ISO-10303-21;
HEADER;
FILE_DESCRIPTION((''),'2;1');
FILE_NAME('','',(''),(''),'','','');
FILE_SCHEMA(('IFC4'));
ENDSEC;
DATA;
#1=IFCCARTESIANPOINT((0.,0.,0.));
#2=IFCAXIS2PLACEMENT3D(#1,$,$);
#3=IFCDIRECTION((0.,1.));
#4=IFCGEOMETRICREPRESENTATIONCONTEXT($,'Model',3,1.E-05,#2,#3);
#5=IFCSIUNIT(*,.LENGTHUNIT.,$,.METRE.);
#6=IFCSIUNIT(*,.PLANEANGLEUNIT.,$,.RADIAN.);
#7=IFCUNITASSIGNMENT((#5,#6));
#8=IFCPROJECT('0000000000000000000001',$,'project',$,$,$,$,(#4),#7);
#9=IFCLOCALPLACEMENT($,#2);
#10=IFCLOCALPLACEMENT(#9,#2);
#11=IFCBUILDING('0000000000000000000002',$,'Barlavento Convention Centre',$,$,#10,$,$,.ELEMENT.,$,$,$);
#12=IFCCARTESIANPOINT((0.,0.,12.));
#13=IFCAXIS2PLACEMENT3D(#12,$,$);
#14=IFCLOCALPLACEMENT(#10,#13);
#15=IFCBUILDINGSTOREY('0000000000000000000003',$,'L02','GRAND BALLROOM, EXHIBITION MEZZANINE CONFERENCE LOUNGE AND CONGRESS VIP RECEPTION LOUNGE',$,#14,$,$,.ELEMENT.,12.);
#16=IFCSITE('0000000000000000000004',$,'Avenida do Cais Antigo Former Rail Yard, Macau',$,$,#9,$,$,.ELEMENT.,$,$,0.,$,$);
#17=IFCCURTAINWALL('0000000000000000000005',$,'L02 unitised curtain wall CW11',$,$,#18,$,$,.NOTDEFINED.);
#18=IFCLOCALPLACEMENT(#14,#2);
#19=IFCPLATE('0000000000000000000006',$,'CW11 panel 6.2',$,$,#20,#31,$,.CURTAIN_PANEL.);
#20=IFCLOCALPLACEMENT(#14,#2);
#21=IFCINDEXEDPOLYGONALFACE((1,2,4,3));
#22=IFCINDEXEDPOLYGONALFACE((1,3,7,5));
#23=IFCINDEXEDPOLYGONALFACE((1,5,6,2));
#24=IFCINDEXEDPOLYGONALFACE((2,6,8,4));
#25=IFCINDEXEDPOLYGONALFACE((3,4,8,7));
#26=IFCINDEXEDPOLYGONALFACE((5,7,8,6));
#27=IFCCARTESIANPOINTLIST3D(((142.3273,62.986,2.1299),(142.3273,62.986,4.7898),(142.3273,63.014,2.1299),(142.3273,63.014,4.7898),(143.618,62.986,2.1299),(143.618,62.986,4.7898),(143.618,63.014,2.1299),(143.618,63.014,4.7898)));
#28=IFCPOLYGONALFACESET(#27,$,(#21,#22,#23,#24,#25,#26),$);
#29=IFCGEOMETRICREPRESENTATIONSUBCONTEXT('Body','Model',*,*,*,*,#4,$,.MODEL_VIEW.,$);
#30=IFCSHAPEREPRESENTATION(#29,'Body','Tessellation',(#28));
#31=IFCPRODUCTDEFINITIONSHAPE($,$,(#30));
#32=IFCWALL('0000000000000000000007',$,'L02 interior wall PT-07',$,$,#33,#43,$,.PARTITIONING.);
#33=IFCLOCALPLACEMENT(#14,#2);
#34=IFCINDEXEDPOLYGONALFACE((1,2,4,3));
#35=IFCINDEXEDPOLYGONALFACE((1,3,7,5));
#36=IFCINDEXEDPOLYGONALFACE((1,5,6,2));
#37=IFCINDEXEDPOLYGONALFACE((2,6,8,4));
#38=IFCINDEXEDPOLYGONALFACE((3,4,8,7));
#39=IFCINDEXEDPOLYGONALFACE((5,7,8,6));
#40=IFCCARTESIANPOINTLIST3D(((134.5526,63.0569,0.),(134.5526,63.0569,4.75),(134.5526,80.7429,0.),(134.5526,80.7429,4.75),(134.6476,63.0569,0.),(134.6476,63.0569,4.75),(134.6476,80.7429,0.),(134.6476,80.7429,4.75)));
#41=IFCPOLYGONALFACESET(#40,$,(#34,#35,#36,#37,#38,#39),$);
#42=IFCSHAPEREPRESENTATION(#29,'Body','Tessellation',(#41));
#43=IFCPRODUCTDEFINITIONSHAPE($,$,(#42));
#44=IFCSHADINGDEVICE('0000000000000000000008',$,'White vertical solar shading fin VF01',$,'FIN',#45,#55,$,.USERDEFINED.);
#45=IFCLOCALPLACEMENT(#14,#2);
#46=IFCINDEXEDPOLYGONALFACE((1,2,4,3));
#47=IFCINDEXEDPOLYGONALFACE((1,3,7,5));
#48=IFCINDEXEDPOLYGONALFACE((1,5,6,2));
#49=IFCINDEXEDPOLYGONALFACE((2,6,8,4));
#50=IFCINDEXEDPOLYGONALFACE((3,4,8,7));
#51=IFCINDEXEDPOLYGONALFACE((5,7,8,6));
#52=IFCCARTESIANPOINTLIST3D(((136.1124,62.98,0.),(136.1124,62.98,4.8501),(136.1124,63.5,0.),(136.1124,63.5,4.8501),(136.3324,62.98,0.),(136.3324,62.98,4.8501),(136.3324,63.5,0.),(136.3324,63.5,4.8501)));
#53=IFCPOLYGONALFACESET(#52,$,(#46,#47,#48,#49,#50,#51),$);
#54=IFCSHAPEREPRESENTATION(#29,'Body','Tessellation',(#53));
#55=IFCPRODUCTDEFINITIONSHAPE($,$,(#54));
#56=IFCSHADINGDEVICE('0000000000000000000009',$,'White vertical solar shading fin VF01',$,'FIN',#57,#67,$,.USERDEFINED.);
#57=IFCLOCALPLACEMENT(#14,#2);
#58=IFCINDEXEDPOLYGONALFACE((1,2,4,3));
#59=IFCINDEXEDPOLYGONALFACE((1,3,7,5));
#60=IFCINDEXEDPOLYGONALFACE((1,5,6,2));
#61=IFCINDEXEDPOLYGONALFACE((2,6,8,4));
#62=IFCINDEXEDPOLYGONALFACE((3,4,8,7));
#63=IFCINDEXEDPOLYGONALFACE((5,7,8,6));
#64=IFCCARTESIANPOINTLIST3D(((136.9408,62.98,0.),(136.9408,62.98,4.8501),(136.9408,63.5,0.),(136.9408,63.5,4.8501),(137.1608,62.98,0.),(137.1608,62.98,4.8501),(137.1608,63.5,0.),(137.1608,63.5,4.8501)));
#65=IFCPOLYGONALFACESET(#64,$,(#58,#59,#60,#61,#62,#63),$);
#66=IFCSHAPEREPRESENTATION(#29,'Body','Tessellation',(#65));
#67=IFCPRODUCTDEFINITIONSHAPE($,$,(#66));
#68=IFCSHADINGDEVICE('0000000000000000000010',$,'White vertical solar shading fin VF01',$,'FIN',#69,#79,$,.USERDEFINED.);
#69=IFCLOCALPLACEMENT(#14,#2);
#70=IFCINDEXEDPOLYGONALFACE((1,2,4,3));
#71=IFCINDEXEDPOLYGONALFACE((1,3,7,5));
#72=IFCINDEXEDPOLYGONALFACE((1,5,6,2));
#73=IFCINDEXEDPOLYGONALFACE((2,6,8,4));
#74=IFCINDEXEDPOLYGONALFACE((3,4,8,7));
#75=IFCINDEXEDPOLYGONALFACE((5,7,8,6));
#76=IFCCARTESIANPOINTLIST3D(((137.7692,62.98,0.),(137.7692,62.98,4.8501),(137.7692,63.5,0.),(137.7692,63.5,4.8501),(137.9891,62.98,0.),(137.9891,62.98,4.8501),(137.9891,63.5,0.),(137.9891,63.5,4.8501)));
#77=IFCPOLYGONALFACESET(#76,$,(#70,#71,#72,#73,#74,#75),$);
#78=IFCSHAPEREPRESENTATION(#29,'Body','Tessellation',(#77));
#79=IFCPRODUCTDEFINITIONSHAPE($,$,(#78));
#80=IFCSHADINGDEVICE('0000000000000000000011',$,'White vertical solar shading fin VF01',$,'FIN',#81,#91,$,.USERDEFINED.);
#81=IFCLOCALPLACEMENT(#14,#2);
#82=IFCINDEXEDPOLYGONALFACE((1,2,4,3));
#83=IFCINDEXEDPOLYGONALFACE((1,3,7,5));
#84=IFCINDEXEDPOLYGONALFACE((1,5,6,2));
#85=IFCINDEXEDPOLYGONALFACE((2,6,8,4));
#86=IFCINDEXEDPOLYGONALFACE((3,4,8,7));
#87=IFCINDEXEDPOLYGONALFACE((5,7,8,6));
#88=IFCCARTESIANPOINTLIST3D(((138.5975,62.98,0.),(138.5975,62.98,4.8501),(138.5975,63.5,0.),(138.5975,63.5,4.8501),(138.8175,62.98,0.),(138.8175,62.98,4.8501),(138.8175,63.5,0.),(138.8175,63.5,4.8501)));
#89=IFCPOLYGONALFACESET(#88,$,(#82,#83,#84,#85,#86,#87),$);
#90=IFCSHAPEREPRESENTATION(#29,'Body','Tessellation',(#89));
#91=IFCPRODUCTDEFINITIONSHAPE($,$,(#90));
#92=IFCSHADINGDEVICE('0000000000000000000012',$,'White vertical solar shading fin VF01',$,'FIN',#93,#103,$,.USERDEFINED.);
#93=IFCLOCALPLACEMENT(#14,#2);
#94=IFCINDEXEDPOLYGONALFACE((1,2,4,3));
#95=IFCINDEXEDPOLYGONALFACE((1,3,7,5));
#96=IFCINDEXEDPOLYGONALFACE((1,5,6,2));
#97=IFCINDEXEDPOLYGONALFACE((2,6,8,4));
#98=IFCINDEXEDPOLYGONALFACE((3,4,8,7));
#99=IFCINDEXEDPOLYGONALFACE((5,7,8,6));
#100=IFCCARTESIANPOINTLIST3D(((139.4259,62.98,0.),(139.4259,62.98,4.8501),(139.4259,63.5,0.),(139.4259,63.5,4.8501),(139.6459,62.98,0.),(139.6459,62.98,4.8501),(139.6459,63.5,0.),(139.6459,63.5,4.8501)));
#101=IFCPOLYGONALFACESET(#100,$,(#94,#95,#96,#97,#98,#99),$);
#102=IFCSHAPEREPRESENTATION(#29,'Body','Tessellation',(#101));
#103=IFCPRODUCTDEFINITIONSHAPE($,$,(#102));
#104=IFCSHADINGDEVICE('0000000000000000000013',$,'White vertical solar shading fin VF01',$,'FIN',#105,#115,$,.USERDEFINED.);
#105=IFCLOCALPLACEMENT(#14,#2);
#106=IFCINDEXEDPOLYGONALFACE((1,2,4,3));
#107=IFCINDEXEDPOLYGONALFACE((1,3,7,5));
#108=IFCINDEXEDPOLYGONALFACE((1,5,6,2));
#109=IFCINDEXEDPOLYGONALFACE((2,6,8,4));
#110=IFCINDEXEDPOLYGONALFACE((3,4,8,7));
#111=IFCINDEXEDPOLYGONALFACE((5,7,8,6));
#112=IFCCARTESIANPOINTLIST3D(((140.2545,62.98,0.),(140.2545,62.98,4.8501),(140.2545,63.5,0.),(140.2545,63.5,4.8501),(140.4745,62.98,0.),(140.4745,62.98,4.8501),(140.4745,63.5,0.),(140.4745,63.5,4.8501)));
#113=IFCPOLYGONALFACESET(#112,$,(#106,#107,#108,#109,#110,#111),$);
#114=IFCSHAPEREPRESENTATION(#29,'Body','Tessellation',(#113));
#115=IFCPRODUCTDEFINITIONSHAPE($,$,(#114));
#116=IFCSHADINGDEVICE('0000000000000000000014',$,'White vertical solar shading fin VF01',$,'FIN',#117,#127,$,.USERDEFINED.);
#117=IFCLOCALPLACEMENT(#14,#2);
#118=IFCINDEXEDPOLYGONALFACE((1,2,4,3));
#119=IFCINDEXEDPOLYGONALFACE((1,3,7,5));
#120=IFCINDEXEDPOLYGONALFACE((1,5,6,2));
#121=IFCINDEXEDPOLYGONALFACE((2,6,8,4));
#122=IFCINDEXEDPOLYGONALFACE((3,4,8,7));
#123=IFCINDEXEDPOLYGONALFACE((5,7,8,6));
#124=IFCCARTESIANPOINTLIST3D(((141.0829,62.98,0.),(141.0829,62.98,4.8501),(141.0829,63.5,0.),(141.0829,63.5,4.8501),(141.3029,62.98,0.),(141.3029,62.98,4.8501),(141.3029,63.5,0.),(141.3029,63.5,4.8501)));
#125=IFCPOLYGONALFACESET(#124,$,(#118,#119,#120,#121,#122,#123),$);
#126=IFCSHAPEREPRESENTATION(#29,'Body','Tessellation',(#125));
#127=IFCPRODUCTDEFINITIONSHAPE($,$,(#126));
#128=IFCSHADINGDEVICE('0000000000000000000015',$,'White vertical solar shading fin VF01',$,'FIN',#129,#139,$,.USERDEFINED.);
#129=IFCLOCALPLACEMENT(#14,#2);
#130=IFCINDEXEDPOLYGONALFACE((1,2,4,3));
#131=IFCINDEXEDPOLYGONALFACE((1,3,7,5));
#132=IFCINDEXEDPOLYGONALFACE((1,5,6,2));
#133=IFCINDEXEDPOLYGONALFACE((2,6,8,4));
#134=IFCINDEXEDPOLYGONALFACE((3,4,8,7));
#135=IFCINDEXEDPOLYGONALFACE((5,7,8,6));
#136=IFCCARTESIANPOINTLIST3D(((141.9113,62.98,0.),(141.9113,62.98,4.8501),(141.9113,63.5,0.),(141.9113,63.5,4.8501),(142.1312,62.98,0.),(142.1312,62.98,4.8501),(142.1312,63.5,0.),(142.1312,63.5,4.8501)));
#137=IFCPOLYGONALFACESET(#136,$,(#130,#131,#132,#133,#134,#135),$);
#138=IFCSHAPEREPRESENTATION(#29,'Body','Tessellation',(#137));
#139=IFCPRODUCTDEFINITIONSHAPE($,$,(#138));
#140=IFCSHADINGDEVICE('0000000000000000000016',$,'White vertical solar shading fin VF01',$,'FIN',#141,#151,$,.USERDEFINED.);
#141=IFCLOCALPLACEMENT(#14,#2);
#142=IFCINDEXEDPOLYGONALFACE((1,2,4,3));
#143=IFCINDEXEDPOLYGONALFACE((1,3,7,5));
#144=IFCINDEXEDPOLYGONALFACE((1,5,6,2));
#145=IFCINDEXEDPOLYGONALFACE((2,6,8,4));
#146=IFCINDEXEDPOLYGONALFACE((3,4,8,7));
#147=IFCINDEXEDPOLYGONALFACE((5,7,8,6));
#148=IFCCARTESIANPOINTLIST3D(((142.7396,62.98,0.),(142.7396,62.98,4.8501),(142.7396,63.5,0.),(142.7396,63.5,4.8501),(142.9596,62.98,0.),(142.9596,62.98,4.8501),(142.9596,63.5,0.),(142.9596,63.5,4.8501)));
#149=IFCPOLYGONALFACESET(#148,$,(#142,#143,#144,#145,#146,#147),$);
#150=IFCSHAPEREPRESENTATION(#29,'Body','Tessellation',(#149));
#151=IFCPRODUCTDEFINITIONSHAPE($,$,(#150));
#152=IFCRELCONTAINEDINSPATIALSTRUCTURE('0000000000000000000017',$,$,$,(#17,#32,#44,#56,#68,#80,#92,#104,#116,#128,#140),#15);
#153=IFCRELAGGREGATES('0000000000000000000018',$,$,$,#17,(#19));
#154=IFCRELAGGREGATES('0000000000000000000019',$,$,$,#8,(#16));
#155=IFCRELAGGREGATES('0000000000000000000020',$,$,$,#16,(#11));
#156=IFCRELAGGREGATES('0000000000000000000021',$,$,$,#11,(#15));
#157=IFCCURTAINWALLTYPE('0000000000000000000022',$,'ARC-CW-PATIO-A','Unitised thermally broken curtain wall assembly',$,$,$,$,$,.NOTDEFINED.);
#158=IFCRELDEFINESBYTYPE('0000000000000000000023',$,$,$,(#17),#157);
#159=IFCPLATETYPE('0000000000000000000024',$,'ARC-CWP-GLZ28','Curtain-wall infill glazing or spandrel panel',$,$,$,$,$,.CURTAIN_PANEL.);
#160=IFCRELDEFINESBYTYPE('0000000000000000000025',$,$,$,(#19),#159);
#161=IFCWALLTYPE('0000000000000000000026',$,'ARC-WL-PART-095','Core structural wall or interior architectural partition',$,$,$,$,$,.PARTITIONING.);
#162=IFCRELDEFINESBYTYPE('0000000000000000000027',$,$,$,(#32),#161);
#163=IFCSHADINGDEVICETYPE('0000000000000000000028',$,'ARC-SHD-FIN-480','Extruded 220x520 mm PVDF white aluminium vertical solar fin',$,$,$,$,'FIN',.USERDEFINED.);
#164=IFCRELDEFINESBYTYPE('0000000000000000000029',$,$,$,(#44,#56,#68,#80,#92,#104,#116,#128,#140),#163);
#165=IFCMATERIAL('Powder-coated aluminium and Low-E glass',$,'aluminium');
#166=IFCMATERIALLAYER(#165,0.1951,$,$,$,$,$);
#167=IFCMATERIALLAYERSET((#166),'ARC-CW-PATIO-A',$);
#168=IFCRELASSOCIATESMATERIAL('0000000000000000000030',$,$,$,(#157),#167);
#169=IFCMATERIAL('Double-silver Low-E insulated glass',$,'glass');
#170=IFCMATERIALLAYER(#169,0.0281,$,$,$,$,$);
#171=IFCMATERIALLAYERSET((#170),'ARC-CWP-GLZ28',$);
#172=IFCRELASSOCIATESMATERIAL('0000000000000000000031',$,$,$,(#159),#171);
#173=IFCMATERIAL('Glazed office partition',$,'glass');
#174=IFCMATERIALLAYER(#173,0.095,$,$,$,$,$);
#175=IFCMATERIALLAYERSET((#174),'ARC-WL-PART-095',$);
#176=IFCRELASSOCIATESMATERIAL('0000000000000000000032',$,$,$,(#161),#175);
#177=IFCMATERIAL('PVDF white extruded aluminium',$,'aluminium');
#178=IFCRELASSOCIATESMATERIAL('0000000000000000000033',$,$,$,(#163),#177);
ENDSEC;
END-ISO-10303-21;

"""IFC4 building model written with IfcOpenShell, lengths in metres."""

from ifc_helpers import new_model, si_unit, direction, frame, frame_2d, origin, origin_2d, place, context, subcontext, project, spatial, rectangle, extrude, material, layer, layer_set, type_object, element, aggregate, save


model = new_model("IFC4")

# Units and contexts
model_context = context("Model", 3, precision=1e-05, world=origin(), true_north=direction((0.0, 1.0)))
body_context = subcontext(model_context, "Body", "Model", "MODEL_VIEW")
ifc_project = project(units=[si_unit("LENGTHUNIT", "METRE"), si_unit("PLANEANGLEUNIT", "RADIAN")], contexts=[model_context])

# Site, building, storey
site_placement = place(None, origin())
site = spatial("IfcSite", under=ifc_project, at=site_placement, Name="Avenida do Cais Antigo Former Rail Yard, Macau", CompositionType="ELEMENT", RefElevation=0.0)
building_placement = place(site_placement, origin())
building = spatial("IfcBuilding", under=site, at=building_placement, Name="Barlavento Convention Centre", CompositionType="ELEMENT")
storey_placement = place(building_placement, frame((0.0, 0.0, 12.0)))
storey = spatial("IfcBuildingStorey", under=building, at=storey_placement, Name="L02", Description="GRAND BALLROOM, EXHIBITION MEZZANINE CONFERENCE LOUNGE AND CONGRESS VIP RECEPTION LOUNGE", CompositionType="ELEMENT", Elevation=12.0)

# Curtain wall
ifc_material_1 = material(Name="Powder-coated aluminium and Low-E glass", Category="aluminium")
ifc_layer_1 = layer(ifc_material_1, 0.1951)
ifc_layer_set_1 = layer_set([ifc_layer_1], Name="ARC-CW-PATIO-A")
curtain_wall_type_1 = type_object("IfcCurtainWallType", Name="ARC-CW-PATIO-A", Description="Unitised thermally broken curtain wall assembly", PredefinedType="NOTDEFINED", material=ifc_layer_set_1)
curtain_wall_1_placement = place(storey_placement, origin())
curtain_wall_1 = element("IfcCurtainWall", 1, at=curtain_wall_1_placement, inside=storey, type_object=curtain_wall_type_1, Name="L02 unitised curtain wall CW11", PredefinedType="NOTDEFINED")

# Plate
ifc_material_2 = material(Name="Double-silver Low-E insulated glass", Category="glass")
ifc_layer_2 = layer(ifc_material_2, 0.0281)
ifc_layer_set_2 = layer_set([ifc_layer_2], Name="ARC-CWP-GLZ28")
plate_type = type_object("IfcPlateType", Name="ARC-CWP-GLZ28", Description="Curtain-wall infill glazing or spandrel panel", PredefinedType="CURTAIN_PANEL", material=ifc_layer_set_2)
plate_1_placement = place(storey_placement, frame((142.9727, 63.0, 2.1299), z_axis=(0.0, 0.0, 1.0), x_axis=(1.0, 0.0, 0.0)))
plate_1 = element("IfcPlate", 2, at=plate_1_placement, type_object=plate_type, Name="CW11 panel 6.2", PredefinedType="CURTAIN_PANEL", context=body_context, shape_type="SweptSolid", body=[
    extrude(rectangle(XDim=1.2908, YDim=0.0281, at=origin_2d()), origin(), (0.0, 0.0, 1.0), 2.6599),
])
aggregate(curtain_wall_1, [plate_1])

# Wall
ifc_material_3 = material(Name="Glazed office partition", Category="glass")
ifc_layer_3 = layer(ifc_material_3, 0.095)
ifc_layer_set_3 = layer_set([ifc_layer_3], Name="ARC-WL-PART-095")
wall_type = type_object("IfcWallType", Name="ARC-WL-PART-095", Description="Core structural wall or interior architectural partition", PredefinedType="PARTITIONING", material=ifc_layer_set_3)
wall_placement = place(storey_placement, frame((134.6001, 63.0569, 0.0), z_axis=(0.0, 0.0, 1.0), x_axis=(0.0, 1.0, 0.0)))
element("IfcWall", 3, at=wall_placement, inside=storey, type_object=wall_type, Name="L02 interior wall PT-07", PredefinedType="PARTITIONING", context=body_context, shape_type="SweptSolid", body=[
    extrude(rectangle(XDim=17.686, YDim=0.095, at=frame_2d((8.843, 0.0))), origin(), (0.0, 0.0, 1.0), 4.75),
])

# Shading devices
ifc_material_4 = material(Name="PVDF white extruded aluminium", Category="aluminium")
shading_device_type = type_object("IfcShadingDeviceType", Name="ARC-SHD-FIN-480", Description="Extruded 220x520 mm PVDF white aluminium vertical solar fin", ElementType="FIN", PredefinedType="USERDEFINED", material=ifc_material_4)
for number, where, z_axis, x_axis, name in (
    (4, (136.2224, 63.24, 0.0), (0.0, 0.0, 1.0), (1.0, 0.0, 0.0), "White vertical solar shading fin VF01"),
    (5, (137.0508, 63.24, 0.0), (0.0, 0.0, 1.0), (1.0, 0.0, 0.0), "White vertical solar shading fin VF01"),
    (6, (137.8792, 63.24, 0.0), (0.0, 0.0, 1.0), (1.0, 0.0, 0.0), "White vertical solar shading fin VF01"),
    (7, (138.7075, 63.24, 0.0), (0.0, 0.0, 1.0), (1.0, 0.0, 0.0), "White vertical solar shading fin VF01"),
    (8, (139.5359, 63.24, 0.0), (0.0, 0.0, 1.0), (1.0, 0.0, 0.0), "White vertical solar shading fin VF01"),
    (9, (140.3645, 63.24, 0.0), (0.0, 0.0, 1.0), (1.0, 0.0, 0.0), "White vertical solar shading fin VF01"),
    (10, (141.1929, 63.24, 0.0), (0.0, 0.0, 1.0), (1.0, 0.0, 0.0), "White vertical solar shading fin VF01"),
    (11, (142.0212, 63.24, 0.0), (0.0, 0.0, 1.0), (1.0, 0.0, 0.0), "White vertical solar shading fin VF01"),
    (12, (142.8496, 63.24, 0.0), (0.0, 0.0, 1.0), (1.0, 0.0, 0.0), "White vertical solar shading fin VF01"),
):
    element("IfcShadingDevice", number, at=place(storey_placement, frame(where, z_axis=z_axis, x_axis=x_axis)), inside=storey, type_object=shading_device_type, Name=name, ObjectType="FIN", PredefinedType="USERDEFINED", context=body_context, shape_type="SweptSolid", body=[
        extrude(rectangle(XDim=0.22, YDim=0.52, at=origin_2d()), origin(), (0.0, 0.0, 1.0), 4.8501),
    ])

save(model, "model.ifc")
